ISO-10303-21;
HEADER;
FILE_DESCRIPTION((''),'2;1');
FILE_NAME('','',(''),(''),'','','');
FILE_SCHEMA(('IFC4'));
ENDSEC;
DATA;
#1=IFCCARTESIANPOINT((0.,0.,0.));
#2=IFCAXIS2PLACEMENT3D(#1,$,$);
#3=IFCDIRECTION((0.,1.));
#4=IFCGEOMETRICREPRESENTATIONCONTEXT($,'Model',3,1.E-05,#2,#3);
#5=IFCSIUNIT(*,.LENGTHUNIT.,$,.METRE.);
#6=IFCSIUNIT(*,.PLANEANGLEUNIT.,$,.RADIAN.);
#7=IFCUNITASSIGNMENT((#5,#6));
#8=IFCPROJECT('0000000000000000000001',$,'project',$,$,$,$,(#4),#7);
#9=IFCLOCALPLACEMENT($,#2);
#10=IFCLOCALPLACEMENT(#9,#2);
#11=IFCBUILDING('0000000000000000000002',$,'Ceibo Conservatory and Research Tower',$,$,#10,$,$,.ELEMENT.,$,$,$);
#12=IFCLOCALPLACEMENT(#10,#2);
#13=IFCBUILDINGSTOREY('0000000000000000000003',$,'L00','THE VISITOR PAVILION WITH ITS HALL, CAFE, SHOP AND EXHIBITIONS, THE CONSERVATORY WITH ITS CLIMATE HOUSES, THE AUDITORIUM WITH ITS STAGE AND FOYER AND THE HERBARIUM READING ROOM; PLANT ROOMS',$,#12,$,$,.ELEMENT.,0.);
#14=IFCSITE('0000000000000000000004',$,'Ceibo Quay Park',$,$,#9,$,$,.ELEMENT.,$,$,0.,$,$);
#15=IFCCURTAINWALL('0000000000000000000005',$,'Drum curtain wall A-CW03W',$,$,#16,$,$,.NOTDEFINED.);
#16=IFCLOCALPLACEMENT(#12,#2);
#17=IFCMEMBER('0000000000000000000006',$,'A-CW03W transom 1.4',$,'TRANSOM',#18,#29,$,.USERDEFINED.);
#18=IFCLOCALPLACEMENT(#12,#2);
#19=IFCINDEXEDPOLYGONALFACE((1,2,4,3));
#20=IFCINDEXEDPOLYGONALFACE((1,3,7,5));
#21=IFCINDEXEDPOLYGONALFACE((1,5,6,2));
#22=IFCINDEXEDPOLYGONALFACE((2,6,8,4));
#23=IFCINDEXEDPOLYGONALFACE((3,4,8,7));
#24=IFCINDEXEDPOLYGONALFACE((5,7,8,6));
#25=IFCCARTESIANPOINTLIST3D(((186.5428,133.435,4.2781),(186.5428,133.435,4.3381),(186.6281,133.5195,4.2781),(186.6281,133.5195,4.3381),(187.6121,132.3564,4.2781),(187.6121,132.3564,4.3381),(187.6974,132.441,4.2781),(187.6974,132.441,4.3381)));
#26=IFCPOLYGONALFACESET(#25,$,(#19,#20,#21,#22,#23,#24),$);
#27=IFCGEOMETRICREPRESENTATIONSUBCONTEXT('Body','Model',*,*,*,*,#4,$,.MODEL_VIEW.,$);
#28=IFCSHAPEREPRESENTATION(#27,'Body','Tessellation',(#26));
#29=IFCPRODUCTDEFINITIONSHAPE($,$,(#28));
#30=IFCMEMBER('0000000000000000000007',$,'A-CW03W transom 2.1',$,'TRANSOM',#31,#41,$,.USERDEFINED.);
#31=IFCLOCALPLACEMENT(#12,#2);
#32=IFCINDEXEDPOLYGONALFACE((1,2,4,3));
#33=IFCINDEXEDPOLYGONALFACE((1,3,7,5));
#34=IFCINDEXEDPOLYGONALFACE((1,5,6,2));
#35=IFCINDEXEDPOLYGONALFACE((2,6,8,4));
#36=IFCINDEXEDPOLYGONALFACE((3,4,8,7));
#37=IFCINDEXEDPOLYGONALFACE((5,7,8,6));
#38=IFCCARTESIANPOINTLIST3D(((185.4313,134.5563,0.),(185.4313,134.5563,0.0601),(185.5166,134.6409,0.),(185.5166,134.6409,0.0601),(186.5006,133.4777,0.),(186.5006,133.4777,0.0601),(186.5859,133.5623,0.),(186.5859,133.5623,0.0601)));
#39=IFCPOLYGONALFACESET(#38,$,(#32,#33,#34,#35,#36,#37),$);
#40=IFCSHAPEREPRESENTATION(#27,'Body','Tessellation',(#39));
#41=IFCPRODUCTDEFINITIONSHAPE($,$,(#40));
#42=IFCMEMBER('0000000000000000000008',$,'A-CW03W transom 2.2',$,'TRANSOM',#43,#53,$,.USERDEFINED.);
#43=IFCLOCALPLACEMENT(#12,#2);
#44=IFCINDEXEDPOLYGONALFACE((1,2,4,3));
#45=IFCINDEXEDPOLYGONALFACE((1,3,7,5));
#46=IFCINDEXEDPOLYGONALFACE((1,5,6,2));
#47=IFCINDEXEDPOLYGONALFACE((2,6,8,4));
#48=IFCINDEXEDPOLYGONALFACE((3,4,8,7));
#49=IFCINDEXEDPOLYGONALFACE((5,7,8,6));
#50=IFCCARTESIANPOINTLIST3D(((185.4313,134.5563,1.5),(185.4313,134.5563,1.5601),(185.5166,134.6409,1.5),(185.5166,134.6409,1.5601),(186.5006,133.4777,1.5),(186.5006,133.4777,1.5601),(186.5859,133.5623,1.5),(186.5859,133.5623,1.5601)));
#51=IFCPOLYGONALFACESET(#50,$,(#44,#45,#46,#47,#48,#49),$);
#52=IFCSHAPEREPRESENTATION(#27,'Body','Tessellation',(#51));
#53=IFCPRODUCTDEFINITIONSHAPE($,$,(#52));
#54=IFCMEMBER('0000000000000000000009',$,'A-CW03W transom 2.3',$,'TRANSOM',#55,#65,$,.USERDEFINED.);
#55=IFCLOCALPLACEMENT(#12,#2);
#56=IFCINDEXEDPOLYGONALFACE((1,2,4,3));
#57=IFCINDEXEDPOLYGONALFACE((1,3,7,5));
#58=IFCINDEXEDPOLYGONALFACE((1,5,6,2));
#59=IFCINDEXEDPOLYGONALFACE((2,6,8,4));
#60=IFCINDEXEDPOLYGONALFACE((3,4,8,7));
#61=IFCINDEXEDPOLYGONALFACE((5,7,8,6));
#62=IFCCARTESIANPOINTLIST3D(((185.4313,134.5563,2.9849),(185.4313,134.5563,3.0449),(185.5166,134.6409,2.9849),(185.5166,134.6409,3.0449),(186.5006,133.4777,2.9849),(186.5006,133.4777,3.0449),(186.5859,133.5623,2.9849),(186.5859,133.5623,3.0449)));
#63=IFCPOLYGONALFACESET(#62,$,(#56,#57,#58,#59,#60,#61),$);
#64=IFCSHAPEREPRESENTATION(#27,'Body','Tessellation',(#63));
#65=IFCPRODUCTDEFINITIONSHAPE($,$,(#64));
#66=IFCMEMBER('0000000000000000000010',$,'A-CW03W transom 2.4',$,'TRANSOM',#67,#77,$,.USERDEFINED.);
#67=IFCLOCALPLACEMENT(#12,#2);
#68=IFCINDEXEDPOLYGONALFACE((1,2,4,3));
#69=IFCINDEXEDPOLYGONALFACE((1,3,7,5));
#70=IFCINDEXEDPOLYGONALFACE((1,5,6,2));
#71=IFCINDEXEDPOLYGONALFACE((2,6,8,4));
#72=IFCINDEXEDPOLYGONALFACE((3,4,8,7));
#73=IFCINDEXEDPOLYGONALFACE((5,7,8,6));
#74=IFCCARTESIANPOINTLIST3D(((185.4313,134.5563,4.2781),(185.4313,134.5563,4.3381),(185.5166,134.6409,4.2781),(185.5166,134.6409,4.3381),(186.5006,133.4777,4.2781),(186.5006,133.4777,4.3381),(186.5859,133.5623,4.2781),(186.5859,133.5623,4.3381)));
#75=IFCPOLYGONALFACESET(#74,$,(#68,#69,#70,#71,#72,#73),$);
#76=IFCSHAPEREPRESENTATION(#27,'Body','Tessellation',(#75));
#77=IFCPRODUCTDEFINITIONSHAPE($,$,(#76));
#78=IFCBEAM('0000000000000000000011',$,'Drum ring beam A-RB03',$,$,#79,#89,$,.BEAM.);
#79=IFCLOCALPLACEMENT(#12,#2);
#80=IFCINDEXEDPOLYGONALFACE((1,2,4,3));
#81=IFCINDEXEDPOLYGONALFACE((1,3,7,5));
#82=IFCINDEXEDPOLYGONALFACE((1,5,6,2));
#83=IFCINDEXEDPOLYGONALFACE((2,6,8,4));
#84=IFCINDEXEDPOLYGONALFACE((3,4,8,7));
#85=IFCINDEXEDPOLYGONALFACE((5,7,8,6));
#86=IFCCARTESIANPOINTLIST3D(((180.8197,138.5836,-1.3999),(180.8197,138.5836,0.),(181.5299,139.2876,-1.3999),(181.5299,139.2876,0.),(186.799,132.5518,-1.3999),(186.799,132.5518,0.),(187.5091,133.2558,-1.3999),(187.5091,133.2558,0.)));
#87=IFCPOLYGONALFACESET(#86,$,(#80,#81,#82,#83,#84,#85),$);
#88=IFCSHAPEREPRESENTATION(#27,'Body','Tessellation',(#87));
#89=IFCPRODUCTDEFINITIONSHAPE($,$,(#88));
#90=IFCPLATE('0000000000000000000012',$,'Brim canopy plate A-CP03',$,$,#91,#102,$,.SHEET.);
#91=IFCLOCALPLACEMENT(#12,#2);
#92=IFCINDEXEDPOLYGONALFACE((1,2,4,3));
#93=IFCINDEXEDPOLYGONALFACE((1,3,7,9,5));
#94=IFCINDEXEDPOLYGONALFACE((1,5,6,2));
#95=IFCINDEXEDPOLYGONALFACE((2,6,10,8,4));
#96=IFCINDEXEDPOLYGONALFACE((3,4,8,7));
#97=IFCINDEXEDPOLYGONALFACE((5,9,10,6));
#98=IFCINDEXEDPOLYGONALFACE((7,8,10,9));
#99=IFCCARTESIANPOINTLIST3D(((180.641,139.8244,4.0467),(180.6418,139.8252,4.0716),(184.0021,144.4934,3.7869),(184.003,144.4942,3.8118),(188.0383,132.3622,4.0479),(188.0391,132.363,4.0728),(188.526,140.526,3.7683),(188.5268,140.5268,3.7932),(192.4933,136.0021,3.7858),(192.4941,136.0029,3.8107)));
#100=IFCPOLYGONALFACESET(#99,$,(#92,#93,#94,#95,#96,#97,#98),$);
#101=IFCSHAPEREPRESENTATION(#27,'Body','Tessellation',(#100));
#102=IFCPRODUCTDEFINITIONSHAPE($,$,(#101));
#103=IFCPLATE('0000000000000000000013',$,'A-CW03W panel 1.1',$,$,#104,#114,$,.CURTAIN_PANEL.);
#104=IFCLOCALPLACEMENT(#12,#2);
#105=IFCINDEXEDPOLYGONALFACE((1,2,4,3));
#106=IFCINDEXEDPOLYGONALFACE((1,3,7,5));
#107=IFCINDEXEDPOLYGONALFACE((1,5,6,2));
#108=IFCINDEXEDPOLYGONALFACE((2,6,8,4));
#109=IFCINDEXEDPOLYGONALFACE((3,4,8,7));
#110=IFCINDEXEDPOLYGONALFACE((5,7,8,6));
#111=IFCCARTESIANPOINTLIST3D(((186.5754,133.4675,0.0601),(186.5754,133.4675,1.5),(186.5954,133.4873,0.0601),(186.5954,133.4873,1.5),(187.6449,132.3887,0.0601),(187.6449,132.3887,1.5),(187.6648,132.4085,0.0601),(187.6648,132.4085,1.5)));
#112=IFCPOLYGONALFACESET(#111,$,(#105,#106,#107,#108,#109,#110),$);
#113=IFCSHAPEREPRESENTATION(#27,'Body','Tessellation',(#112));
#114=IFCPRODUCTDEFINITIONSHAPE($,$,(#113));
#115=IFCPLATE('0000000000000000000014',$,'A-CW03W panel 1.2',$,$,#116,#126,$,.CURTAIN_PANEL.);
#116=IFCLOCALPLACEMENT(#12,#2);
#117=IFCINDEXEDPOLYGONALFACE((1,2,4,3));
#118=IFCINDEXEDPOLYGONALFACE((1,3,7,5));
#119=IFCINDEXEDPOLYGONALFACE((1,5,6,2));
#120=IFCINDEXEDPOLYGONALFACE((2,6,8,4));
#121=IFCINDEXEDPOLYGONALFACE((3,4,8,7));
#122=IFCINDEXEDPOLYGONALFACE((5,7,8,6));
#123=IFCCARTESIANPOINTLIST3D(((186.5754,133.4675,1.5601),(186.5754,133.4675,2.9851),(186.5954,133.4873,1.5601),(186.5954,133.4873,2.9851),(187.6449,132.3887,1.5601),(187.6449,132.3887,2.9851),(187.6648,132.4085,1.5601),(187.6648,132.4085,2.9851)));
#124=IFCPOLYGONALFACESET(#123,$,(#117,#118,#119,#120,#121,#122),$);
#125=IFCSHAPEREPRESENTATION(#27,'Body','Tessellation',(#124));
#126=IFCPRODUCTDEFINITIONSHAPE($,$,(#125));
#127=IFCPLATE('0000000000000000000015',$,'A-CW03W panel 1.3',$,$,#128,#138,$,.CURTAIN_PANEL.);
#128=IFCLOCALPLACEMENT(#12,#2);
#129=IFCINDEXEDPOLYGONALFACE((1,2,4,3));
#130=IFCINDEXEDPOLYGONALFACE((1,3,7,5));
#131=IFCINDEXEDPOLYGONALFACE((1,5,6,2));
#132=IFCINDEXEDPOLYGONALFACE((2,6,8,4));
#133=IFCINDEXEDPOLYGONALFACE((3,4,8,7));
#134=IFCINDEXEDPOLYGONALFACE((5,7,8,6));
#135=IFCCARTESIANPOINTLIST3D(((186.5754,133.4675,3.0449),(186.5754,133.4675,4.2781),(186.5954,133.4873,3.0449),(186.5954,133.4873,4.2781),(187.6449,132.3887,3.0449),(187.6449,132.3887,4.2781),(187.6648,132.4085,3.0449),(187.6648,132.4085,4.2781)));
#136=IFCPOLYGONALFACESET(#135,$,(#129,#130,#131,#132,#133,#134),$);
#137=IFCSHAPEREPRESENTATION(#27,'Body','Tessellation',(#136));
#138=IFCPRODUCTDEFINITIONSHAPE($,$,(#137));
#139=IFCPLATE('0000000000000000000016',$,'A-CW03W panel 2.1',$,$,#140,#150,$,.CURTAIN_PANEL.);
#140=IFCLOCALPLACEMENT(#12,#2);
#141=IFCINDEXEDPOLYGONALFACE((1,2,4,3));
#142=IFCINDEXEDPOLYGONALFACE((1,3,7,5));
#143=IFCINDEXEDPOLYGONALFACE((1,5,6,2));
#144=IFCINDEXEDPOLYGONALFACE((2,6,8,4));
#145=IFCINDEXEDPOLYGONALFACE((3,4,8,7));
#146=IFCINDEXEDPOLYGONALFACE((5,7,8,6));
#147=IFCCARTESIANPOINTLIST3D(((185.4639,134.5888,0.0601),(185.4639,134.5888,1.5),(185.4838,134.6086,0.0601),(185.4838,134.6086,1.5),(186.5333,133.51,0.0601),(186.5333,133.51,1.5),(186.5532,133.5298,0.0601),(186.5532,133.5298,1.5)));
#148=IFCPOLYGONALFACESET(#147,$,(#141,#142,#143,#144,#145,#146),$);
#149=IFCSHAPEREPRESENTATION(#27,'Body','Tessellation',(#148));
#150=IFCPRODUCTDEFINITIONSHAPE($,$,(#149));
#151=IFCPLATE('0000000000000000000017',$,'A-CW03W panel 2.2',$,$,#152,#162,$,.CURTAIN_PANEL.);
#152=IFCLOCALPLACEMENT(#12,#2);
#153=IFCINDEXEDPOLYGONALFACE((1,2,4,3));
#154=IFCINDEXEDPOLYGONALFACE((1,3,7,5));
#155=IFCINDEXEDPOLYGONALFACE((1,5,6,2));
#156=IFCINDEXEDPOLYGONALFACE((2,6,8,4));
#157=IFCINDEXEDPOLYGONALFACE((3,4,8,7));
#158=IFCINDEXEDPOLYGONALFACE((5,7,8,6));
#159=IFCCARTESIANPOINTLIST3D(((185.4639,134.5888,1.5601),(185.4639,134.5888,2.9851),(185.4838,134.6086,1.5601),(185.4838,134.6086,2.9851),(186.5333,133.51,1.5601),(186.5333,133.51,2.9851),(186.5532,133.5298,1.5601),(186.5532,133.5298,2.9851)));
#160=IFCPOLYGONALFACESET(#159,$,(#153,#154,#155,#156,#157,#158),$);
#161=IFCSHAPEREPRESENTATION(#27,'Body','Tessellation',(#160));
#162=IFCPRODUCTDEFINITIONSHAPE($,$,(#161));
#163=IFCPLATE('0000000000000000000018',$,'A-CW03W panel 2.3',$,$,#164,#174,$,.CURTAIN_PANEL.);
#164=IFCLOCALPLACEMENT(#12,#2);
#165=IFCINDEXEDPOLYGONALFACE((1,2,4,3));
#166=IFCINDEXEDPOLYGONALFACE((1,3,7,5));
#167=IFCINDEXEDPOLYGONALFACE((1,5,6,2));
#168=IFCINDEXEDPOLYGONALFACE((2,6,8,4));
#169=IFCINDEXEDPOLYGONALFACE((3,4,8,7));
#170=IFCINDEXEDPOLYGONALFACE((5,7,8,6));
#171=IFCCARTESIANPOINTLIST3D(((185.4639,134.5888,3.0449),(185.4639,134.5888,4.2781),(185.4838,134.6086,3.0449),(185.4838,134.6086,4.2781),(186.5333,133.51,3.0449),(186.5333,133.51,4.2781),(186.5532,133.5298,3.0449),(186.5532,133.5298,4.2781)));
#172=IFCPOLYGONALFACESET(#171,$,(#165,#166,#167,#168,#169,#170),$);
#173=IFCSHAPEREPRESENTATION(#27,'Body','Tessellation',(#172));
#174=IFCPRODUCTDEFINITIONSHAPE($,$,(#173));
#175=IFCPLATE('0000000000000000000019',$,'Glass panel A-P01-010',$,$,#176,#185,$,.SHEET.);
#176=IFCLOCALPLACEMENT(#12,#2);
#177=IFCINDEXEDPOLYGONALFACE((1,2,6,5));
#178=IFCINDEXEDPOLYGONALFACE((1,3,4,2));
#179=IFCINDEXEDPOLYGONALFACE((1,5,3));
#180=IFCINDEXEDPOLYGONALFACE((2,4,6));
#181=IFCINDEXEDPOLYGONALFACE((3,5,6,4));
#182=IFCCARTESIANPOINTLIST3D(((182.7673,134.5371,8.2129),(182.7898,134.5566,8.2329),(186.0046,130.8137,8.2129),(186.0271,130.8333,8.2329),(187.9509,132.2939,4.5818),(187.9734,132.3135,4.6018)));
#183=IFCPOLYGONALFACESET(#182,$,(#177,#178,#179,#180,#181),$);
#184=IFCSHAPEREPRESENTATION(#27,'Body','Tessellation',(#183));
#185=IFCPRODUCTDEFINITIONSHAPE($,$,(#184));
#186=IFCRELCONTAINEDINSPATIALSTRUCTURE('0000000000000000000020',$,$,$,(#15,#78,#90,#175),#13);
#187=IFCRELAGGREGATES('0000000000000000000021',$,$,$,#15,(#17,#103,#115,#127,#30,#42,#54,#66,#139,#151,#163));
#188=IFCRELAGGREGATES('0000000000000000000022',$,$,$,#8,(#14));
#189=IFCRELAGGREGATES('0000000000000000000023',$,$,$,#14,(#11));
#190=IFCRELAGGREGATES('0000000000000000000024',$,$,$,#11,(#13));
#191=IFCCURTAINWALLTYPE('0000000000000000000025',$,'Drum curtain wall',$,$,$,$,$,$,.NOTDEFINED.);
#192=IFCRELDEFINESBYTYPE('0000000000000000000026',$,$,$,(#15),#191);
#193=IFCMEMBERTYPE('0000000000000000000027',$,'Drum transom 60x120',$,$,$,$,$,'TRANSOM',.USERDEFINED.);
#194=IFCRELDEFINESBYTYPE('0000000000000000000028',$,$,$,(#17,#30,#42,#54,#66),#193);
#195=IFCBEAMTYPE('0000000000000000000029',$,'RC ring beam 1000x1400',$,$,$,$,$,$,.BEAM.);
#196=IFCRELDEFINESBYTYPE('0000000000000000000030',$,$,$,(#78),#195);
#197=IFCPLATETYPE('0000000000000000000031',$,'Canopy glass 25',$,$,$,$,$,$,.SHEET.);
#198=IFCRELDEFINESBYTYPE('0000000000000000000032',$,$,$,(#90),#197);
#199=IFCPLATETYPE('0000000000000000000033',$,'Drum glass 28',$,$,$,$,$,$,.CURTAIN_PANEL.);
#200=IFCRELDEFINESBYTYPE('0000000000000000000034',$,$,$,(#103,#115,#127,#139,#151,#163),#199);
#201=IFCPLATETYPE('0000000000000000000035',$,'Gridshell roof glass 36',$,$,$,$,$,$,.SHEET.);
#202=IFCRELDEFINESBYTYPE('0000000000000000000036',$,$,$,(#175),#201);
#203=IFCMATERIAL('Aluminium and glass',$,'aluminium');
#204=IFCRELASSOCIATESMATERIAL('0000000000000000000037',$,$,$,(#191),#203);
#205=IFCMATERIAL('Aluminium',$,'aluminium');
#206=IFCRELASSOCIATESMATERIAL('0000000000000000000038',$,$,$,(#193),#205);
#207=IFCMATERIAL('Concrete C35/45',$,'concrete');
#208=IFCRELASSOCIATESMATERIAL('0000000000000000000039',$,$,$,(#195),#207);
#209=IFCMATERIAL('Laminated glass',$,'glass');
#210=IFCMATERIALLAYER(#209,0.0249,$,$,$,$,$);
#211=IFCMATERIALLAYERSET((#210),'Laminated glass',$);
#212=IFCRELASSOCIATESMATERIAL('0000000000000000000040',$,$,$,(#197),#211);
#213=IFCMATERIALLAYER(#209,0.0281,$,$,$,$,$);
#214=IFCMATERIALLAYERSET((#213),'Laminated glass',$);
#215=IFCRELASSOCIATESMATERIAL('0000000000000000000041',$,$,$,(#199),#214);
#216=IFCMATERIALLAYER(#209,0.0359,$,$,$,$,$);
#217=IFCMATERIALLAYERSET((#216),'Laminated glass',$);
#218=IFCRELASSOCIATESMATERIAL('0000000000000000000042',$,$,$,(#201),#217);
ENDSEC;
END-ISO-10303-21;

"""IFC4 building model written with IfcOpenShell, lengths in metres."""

from ifc_helpers import new_model, si_unit, direction, frame, origin, origin_2d, place, context, subcontext, project, spatial, polyline, rectangle, outline, extrude, material, layer, layer_set, material_profile, profile_set, type_object, element, aggregate, save


model = new_model("IFC4")

# Units and contexts
model_context = context("Model", 3, precision=1e-05, world=origin(), true_north=direction((0.0, 1.0)))
body_context = subcontext(model_context, "Body", "Model", "MODEL_VIEW")
ifc_project = project(units=[si_unit("LENGTHUNIT", "METRE"), si_unit("PLANEANGLEUNIT", "RADIAN")], contexts=[model_context])

# Site, building, storey
site_placement = place(None, origin())
site = spatial("IfcSite", under=ifc_project, at=site_placement, Name="Ceibo Quay Park", CompositionType="ELEMENT", RefElevation=0.0)
building_placement = place(site_placement, origin())
building = spatial("IfcBuilding", under=site, at=building_placement, Name="Ceibo Conservatory and Research Tower", CompositionType="ELEMENT")
storey_placement = place(building_placement, origin())
storey = spatial("IfcBuildingStorey", under=building, at=storey_placement, Name="L00", Description="THE VISITOR PAVILION WITH ITS HALL, CAFE, SHOP AND EXHIBITIONS, THE CONSERVATORY WITH ITS CLIMATE HOUSES, THE AUDITORIUM WITH ITS STAGE AND FOYER AND THE HERBARIUM READING ROOM; PLANT ROOMS", CompositionType="ELEMENT", Elevation=0.0)

# Shared definitions
ifc_material_1 = material(Name="Concrete C35/45", Category="concrete")

# Curtain wall, members
ifc_material_2 = material(Name="Aluminium and glass", Category="aluminium")
curtain_wall_type = type_object("IfcCurtainWallType", Name="Drum curtain wall", PredefinedType="NOTDEFINED", material=ifc_material_2)
curtain_wall_placement = place(storey_placement, origin())
curtain_wall = element("IfcCurtainWall", 1, at=curtain_wall_placement, inside=storey, type_object=curtain_wall_type, Name="Drum curtain wall A-CW03W", PredefinedType="NOTDEFINED")
ifc_material_3 = material(Name="Aluminium", Category="aluminium")
ifc_material_profile_1 = material_profile(ifc_material_3, rectangle(XDim=0.1201, YDim=0.0601, at=origin_2d()), Name="AL 60x120")
ifc_profile_set_1 = profile_set([ifc_material_profile_1], Name="Aluminium")
member_type_1 = type_object("IfcMemberType", Name="Drum transom 60x120", ElementType="TRANSOM", PredefinedType="USERDEFINED", material=ifc_profile_set_1)
member_1_placement = place(storey_placement, frame((187.6548, 132.3987, 4.3081), z_axis=(-0.704046, 0.710154, 0.0), x_axis=(-0.710154, -0.704046, 0.0)))
member_1 = element("IfcMember", 2, at=member_1_placement, type_object=member_type_1, Name="A-CW03W transom 1.4", ObjectType="TRANSOM", PredefinedType="USERDEFINED", context=body_context, shape_type="SweptSolid", body=[
    extrude(rectangle(XDim=0.1201, YDim=0.0601, at=origin_2d()), origin(), (0.0, 0.0, 1.0), 1.5188),
])
member_2_placement = place(storey_placement, frame((186.5432, 133.52, 0.03), z_axis=(-0.704046, 0.710154, 0.0), x_axis=(-0.710154, -0.704046, 0.0)))
member_2 = element("IfcMember", 3, at=member_2_placement, type_object=member_type_1, Name="A-CW03W transom 2.1", ObjectType="TRANSOM", PredefinedType="USERDEFINED", context=body_context, shape_type="SweptSolid", body=[
    extrude(rectangle(XDim=0.1201, YDim=0.0601, at=origin_2d()), origin(), (0.0, 0.0, 1.0), 1.5188),
])
member_3_placement = place(storey_placement, frame((186.5432, 133.52, 1.53), z_axis=(-0.704046, 0.710154, 0.0), x_axis=(-0.710154, -0.704046, 0.0)))
member_3 = element("IfcMember", 4, at=member_3_placement, type_object=member_type_1, Name="A-CW03W transom 2.2", ObjectType="TRANSOM", PredefinedType="USERDEFINED", context=body_context, shape_type="SweptSolid", body=[
    extrude(rectangle(XDim=0.1201, YDim=0.0601, at=origin_2d()), origin(), (0.0, 0.0, 1.0), 1.5188),
])
member_4_placement = place(storey_placement, frame((186.5432, 133.52, 3.0149), z_axis=(-0.704046, 0.710154, 0.0), x_axis=(-0.710154, -0.704046, 0.0)))
member_4 = element("IfcMember", 5, at=member_4_placement, type_object=member_type_1, Name="A-CW03W transom 2.3", ObjectType="TRANSOM", PredefinedType="USERDEFINED", context=body_context, shape_type="SweptSolid", body=[
    extrude(rectangle(XDim=0.1201, YDim=0.0601, at=origin_2d()), origin(), (0.0, 0.0, 1.0), 1.5188),
])
member_5_placement = place(storey_placement, frame((186.5432, 133.52, 4.3081), z_axis=(-0.704046, 0.710154, 0.0), x_axis=(-0.710154, -0.704046, 0.0)))
member_5 = element("IfcMember", 6, at=member_5_placement, type_object=member_type_1, Name="A-CW03W transom 2.4", ObjectType="TRANSOM", PredefinedType="USERDEFINED", context=body_context, shape_type="SweptSolid", body=[
    extrude(rectangle(XDim=0.1201, YDim=0.0601, at=origin_2d()), origin(), (0.0, 0.0, 1.0), 1.5188),
])

# Beam
ifc_material_profile_2 = material_profile(ifc_material_1, rectangle(XDim=1.0, YDim=1.3999, at=origin_2d()), Name="RC 1000x1400")
ifc_profile_set_2 = profile_set([ifc_material_profile_2], Name="Concrete C35/45")
beam_type = type_object("IfcBeamType", Name="RC ring beam 1000x1400", PredefinedType="BEAM", material=ifc_profile_set_2)
beam_placement = place(storey_placement, frame((187.1541, 132.9038, -0.7), z_axis=(-0.70401, 0.71019, 0.0), x_axis=(-0.71019, -0.70401, 0.0)))
element("IfcBeam", 7, at=beam_placement, inside=storey, type_object=beam_type, Name="Drum ring beam A-RB03", PredefinedType="BEAM", context=body_context, shape_type="SweptSolid", body=[
    extrude(rectangle(XDim=1.0, YDim=1.3999, at=origin_2d()), origin(), (0.0, 0.0, 1.0), 8.4932),
])

# Plates
ifc_material_4 = material(Name="Laminated glass", Category="glass")
ifc_layer_1 = layer(ifc_material_4, 0.0249)
ifc_layer_set_1 = layer_set([ifc_layer_1], Name="Laminated glass")
plate_type_1 = type_object("IfcPlateType", Name="Canopy glass 25", PredefinedType="SHEET", material=ifc_layer_set_1)
plate_1_placement = place(storey_placement, frame((188.0391, 132.363, 4.0728), z_axis=(-0.032399, -0.032272, -0.998954), x_axis=(-0.704013, 0.710187, -0.00011)))
element("IfcPlate", 8, at=plate_1_placement, inside=storey, type_object=plate_type_1, Name="Brim canopy plate A-CP03", PredefinedType="SHEET", context=body_context, shape_type="SweptSolid", body=[
    extrude(outline(polyline([(0.0, 0.0), (10.5073, 0.0), (11.4569, 5.68), (5.4545, 6.1002), (-0.5514, 5.7325), (0.0, 0.0)])), origin(), (0.0, 0.0, 1.0), 0.0249),
])
ifc_layer_2 = layer(ifc_material_4, 0.0281)
ifc_layer_set_2 = layer_set([ifc_layer_2], Name="Laminated glass")
plate_type_2 = type_object("IfcPlateType", Name="Drum glass 28", PredefinedType="CURTAIN_PANEL", material=ifc_layer_set_2)
plate_2_placement = place(storey_placement, frame((187.1201, 132.938, 0.0601), z_axis=(0.0, 0.0, 1.0), x_axis=(-0.704015, 0.710185, 0.0)))
plate_2 = element("IfcPlate", 9, at=plate_2_placement, type_object=plate_type_2, Name="A-CW03W panel 1.1", PredefinedType="CURTAIN_PANEL", context=body_context, shape_type="SweptSolid", body=[
    extrude(rectangle(XDim=1.519, YDim=0.0281, at=origin_2d()), origin(), (0.0, 0.0, 1.0), 1.4399),
])
plate_3_placement = place(storey_placement, frame((187.1201, 132.938, 1.5601), z_axis=(0.0, 0.0, 1.0), x_axis=(-0.704015, 0.710185, 0.0)))
plate_3 = element("IfcPlate", 10, at=plate_3_placement, type_object=plate_type_2, Name="A-CW03W panel 1.2", PredefinedType="CURTAIN_PANEL", context=body_context, shape_type="SweptSolid", body=[
    extrude(rectangle(XDim=1.519, YDim=0.0281, at=origin_2d()), origin(), (0.0, 0.0, 1.0), 1.425),
])
plate_4_placement = place(storey_placement, frame((187.1201, 132.938, 3.0449), z_axis=(0.0, 0.0, 1.0), x_axis=(-0.704015, 0.710185, 0.0)))
plate_4 = element("IfcPlate", 11, at=plate_4_placement, type_object=plate_type_2, Name="A-CW03W panel 1.3", PredefinedType="CURTAIN_PANEL", context=body_context, shape_type="SweptSolid", body=[
    extrude(rectangle(XDim=1.519, YDim=0.0281, at=origin_2d()), origin(), (0.0, 0.0, 1.0), 1.2332),
])
plate_5_placement = place(storey_placement, frame((186.0085, 134.0593, 0.0601), z_axis=(0.0, 0.0, 1.0), x_axis=(-0.704015, 0.710185, 0.0)))
plate_5 = element("IfcPlate", 12, at=plate_5_placement, type_object=plate_type_2, Name="A-CW03W panel 2.1", PredefinedType="CURTAIN_PANEL", context=body_context, shape_type="SweptSolid", body=[
    extrude(rectangle(XDim=1.519, YDim=0.0281, at=origin_2d()), origin(), (0.0, 0.0, 1.0), 1.4399),
])
plate_6_placement = place(storey_placement, frame((186.0085, 134.0593, 1.5601), z_axis=(0.0, 0.0, 1.0), x_axis=(-0.704015, 0.710185, 0.0)))
plate_6 = element("IfcPlate", 13, at=plate_6_placement, type_object=plate_type_2, Name="A-CW03W panel 2.2", PredefinedType="CURTAIN_PANEL", context=body_context, shape_type="SweptSolid", body=[
    extrude(rectangle(XDim=1.519, YDim=0.0281, at=origin_2d()), origin(), (0.0, 0.0, 1.0), 1.425),
])
plate_7_placement = place(storey_placement, frame((186.0085, 134.0593, 3.0449), z_axis=(0.0, 0.0, 1.0), x_axis=(-0.704015, 0.710185, 0.0)))
plate_7 = element("IfcPlate", 14, at=plate_7_placement, type_object=plate_type_2, Name="A-CW03W panel 2.3", PredefinedType="CURTAIN_PANEL", context=body_context, shape_type="SweptSolid", body=[
    extrude(rectangle(XDim=1.519, YDim=0.0281, at=origin_2d()), origin(), (0.0, 0.0, 1.0), 1.2332),
])
aggregate(curtain_wall, [member_1, plate_2, plate_3, plate_4, member_2, member_3, member_4, member_5, plate_5, plate_6, plate_7])

# Plate
ifc_layer_3 = layer(ifc_material_4, 0.0359)
ifc_layer_set_3 = layer_set([ifc_layer_3], Name="Laminated glass")
plate_type_3 = type_object("IfcPlateType", Name="Gridshell roof glass 36", PredefinedType="SHEET", material=ifc_layer_set_3)
plate_8_placement = place(storey_placement, frame((187.9734, 132.3135, 4.6018), z_axis=(0.626369, 0.544597, 0.557742), x_axis=(-0.771984, 0.334071, 0.540774)))
element("IfcPlate", 15, at=plate_8_placement, inside=storey, type_object=plate_type_3, Name="Glass panel A-P01-010", PredefinedType="SHEET", context=body_context, shape_type="SweptSolid", body=[
    extrude(outline(polyline([(0.0, 0.0), (6.7146, 0.0), (2.9716, 3.2146), (0.0, 0.0)])), origin(), (0.0, 0.0, -1.0), 0.0359),
])

save(model, "model.ifc")
